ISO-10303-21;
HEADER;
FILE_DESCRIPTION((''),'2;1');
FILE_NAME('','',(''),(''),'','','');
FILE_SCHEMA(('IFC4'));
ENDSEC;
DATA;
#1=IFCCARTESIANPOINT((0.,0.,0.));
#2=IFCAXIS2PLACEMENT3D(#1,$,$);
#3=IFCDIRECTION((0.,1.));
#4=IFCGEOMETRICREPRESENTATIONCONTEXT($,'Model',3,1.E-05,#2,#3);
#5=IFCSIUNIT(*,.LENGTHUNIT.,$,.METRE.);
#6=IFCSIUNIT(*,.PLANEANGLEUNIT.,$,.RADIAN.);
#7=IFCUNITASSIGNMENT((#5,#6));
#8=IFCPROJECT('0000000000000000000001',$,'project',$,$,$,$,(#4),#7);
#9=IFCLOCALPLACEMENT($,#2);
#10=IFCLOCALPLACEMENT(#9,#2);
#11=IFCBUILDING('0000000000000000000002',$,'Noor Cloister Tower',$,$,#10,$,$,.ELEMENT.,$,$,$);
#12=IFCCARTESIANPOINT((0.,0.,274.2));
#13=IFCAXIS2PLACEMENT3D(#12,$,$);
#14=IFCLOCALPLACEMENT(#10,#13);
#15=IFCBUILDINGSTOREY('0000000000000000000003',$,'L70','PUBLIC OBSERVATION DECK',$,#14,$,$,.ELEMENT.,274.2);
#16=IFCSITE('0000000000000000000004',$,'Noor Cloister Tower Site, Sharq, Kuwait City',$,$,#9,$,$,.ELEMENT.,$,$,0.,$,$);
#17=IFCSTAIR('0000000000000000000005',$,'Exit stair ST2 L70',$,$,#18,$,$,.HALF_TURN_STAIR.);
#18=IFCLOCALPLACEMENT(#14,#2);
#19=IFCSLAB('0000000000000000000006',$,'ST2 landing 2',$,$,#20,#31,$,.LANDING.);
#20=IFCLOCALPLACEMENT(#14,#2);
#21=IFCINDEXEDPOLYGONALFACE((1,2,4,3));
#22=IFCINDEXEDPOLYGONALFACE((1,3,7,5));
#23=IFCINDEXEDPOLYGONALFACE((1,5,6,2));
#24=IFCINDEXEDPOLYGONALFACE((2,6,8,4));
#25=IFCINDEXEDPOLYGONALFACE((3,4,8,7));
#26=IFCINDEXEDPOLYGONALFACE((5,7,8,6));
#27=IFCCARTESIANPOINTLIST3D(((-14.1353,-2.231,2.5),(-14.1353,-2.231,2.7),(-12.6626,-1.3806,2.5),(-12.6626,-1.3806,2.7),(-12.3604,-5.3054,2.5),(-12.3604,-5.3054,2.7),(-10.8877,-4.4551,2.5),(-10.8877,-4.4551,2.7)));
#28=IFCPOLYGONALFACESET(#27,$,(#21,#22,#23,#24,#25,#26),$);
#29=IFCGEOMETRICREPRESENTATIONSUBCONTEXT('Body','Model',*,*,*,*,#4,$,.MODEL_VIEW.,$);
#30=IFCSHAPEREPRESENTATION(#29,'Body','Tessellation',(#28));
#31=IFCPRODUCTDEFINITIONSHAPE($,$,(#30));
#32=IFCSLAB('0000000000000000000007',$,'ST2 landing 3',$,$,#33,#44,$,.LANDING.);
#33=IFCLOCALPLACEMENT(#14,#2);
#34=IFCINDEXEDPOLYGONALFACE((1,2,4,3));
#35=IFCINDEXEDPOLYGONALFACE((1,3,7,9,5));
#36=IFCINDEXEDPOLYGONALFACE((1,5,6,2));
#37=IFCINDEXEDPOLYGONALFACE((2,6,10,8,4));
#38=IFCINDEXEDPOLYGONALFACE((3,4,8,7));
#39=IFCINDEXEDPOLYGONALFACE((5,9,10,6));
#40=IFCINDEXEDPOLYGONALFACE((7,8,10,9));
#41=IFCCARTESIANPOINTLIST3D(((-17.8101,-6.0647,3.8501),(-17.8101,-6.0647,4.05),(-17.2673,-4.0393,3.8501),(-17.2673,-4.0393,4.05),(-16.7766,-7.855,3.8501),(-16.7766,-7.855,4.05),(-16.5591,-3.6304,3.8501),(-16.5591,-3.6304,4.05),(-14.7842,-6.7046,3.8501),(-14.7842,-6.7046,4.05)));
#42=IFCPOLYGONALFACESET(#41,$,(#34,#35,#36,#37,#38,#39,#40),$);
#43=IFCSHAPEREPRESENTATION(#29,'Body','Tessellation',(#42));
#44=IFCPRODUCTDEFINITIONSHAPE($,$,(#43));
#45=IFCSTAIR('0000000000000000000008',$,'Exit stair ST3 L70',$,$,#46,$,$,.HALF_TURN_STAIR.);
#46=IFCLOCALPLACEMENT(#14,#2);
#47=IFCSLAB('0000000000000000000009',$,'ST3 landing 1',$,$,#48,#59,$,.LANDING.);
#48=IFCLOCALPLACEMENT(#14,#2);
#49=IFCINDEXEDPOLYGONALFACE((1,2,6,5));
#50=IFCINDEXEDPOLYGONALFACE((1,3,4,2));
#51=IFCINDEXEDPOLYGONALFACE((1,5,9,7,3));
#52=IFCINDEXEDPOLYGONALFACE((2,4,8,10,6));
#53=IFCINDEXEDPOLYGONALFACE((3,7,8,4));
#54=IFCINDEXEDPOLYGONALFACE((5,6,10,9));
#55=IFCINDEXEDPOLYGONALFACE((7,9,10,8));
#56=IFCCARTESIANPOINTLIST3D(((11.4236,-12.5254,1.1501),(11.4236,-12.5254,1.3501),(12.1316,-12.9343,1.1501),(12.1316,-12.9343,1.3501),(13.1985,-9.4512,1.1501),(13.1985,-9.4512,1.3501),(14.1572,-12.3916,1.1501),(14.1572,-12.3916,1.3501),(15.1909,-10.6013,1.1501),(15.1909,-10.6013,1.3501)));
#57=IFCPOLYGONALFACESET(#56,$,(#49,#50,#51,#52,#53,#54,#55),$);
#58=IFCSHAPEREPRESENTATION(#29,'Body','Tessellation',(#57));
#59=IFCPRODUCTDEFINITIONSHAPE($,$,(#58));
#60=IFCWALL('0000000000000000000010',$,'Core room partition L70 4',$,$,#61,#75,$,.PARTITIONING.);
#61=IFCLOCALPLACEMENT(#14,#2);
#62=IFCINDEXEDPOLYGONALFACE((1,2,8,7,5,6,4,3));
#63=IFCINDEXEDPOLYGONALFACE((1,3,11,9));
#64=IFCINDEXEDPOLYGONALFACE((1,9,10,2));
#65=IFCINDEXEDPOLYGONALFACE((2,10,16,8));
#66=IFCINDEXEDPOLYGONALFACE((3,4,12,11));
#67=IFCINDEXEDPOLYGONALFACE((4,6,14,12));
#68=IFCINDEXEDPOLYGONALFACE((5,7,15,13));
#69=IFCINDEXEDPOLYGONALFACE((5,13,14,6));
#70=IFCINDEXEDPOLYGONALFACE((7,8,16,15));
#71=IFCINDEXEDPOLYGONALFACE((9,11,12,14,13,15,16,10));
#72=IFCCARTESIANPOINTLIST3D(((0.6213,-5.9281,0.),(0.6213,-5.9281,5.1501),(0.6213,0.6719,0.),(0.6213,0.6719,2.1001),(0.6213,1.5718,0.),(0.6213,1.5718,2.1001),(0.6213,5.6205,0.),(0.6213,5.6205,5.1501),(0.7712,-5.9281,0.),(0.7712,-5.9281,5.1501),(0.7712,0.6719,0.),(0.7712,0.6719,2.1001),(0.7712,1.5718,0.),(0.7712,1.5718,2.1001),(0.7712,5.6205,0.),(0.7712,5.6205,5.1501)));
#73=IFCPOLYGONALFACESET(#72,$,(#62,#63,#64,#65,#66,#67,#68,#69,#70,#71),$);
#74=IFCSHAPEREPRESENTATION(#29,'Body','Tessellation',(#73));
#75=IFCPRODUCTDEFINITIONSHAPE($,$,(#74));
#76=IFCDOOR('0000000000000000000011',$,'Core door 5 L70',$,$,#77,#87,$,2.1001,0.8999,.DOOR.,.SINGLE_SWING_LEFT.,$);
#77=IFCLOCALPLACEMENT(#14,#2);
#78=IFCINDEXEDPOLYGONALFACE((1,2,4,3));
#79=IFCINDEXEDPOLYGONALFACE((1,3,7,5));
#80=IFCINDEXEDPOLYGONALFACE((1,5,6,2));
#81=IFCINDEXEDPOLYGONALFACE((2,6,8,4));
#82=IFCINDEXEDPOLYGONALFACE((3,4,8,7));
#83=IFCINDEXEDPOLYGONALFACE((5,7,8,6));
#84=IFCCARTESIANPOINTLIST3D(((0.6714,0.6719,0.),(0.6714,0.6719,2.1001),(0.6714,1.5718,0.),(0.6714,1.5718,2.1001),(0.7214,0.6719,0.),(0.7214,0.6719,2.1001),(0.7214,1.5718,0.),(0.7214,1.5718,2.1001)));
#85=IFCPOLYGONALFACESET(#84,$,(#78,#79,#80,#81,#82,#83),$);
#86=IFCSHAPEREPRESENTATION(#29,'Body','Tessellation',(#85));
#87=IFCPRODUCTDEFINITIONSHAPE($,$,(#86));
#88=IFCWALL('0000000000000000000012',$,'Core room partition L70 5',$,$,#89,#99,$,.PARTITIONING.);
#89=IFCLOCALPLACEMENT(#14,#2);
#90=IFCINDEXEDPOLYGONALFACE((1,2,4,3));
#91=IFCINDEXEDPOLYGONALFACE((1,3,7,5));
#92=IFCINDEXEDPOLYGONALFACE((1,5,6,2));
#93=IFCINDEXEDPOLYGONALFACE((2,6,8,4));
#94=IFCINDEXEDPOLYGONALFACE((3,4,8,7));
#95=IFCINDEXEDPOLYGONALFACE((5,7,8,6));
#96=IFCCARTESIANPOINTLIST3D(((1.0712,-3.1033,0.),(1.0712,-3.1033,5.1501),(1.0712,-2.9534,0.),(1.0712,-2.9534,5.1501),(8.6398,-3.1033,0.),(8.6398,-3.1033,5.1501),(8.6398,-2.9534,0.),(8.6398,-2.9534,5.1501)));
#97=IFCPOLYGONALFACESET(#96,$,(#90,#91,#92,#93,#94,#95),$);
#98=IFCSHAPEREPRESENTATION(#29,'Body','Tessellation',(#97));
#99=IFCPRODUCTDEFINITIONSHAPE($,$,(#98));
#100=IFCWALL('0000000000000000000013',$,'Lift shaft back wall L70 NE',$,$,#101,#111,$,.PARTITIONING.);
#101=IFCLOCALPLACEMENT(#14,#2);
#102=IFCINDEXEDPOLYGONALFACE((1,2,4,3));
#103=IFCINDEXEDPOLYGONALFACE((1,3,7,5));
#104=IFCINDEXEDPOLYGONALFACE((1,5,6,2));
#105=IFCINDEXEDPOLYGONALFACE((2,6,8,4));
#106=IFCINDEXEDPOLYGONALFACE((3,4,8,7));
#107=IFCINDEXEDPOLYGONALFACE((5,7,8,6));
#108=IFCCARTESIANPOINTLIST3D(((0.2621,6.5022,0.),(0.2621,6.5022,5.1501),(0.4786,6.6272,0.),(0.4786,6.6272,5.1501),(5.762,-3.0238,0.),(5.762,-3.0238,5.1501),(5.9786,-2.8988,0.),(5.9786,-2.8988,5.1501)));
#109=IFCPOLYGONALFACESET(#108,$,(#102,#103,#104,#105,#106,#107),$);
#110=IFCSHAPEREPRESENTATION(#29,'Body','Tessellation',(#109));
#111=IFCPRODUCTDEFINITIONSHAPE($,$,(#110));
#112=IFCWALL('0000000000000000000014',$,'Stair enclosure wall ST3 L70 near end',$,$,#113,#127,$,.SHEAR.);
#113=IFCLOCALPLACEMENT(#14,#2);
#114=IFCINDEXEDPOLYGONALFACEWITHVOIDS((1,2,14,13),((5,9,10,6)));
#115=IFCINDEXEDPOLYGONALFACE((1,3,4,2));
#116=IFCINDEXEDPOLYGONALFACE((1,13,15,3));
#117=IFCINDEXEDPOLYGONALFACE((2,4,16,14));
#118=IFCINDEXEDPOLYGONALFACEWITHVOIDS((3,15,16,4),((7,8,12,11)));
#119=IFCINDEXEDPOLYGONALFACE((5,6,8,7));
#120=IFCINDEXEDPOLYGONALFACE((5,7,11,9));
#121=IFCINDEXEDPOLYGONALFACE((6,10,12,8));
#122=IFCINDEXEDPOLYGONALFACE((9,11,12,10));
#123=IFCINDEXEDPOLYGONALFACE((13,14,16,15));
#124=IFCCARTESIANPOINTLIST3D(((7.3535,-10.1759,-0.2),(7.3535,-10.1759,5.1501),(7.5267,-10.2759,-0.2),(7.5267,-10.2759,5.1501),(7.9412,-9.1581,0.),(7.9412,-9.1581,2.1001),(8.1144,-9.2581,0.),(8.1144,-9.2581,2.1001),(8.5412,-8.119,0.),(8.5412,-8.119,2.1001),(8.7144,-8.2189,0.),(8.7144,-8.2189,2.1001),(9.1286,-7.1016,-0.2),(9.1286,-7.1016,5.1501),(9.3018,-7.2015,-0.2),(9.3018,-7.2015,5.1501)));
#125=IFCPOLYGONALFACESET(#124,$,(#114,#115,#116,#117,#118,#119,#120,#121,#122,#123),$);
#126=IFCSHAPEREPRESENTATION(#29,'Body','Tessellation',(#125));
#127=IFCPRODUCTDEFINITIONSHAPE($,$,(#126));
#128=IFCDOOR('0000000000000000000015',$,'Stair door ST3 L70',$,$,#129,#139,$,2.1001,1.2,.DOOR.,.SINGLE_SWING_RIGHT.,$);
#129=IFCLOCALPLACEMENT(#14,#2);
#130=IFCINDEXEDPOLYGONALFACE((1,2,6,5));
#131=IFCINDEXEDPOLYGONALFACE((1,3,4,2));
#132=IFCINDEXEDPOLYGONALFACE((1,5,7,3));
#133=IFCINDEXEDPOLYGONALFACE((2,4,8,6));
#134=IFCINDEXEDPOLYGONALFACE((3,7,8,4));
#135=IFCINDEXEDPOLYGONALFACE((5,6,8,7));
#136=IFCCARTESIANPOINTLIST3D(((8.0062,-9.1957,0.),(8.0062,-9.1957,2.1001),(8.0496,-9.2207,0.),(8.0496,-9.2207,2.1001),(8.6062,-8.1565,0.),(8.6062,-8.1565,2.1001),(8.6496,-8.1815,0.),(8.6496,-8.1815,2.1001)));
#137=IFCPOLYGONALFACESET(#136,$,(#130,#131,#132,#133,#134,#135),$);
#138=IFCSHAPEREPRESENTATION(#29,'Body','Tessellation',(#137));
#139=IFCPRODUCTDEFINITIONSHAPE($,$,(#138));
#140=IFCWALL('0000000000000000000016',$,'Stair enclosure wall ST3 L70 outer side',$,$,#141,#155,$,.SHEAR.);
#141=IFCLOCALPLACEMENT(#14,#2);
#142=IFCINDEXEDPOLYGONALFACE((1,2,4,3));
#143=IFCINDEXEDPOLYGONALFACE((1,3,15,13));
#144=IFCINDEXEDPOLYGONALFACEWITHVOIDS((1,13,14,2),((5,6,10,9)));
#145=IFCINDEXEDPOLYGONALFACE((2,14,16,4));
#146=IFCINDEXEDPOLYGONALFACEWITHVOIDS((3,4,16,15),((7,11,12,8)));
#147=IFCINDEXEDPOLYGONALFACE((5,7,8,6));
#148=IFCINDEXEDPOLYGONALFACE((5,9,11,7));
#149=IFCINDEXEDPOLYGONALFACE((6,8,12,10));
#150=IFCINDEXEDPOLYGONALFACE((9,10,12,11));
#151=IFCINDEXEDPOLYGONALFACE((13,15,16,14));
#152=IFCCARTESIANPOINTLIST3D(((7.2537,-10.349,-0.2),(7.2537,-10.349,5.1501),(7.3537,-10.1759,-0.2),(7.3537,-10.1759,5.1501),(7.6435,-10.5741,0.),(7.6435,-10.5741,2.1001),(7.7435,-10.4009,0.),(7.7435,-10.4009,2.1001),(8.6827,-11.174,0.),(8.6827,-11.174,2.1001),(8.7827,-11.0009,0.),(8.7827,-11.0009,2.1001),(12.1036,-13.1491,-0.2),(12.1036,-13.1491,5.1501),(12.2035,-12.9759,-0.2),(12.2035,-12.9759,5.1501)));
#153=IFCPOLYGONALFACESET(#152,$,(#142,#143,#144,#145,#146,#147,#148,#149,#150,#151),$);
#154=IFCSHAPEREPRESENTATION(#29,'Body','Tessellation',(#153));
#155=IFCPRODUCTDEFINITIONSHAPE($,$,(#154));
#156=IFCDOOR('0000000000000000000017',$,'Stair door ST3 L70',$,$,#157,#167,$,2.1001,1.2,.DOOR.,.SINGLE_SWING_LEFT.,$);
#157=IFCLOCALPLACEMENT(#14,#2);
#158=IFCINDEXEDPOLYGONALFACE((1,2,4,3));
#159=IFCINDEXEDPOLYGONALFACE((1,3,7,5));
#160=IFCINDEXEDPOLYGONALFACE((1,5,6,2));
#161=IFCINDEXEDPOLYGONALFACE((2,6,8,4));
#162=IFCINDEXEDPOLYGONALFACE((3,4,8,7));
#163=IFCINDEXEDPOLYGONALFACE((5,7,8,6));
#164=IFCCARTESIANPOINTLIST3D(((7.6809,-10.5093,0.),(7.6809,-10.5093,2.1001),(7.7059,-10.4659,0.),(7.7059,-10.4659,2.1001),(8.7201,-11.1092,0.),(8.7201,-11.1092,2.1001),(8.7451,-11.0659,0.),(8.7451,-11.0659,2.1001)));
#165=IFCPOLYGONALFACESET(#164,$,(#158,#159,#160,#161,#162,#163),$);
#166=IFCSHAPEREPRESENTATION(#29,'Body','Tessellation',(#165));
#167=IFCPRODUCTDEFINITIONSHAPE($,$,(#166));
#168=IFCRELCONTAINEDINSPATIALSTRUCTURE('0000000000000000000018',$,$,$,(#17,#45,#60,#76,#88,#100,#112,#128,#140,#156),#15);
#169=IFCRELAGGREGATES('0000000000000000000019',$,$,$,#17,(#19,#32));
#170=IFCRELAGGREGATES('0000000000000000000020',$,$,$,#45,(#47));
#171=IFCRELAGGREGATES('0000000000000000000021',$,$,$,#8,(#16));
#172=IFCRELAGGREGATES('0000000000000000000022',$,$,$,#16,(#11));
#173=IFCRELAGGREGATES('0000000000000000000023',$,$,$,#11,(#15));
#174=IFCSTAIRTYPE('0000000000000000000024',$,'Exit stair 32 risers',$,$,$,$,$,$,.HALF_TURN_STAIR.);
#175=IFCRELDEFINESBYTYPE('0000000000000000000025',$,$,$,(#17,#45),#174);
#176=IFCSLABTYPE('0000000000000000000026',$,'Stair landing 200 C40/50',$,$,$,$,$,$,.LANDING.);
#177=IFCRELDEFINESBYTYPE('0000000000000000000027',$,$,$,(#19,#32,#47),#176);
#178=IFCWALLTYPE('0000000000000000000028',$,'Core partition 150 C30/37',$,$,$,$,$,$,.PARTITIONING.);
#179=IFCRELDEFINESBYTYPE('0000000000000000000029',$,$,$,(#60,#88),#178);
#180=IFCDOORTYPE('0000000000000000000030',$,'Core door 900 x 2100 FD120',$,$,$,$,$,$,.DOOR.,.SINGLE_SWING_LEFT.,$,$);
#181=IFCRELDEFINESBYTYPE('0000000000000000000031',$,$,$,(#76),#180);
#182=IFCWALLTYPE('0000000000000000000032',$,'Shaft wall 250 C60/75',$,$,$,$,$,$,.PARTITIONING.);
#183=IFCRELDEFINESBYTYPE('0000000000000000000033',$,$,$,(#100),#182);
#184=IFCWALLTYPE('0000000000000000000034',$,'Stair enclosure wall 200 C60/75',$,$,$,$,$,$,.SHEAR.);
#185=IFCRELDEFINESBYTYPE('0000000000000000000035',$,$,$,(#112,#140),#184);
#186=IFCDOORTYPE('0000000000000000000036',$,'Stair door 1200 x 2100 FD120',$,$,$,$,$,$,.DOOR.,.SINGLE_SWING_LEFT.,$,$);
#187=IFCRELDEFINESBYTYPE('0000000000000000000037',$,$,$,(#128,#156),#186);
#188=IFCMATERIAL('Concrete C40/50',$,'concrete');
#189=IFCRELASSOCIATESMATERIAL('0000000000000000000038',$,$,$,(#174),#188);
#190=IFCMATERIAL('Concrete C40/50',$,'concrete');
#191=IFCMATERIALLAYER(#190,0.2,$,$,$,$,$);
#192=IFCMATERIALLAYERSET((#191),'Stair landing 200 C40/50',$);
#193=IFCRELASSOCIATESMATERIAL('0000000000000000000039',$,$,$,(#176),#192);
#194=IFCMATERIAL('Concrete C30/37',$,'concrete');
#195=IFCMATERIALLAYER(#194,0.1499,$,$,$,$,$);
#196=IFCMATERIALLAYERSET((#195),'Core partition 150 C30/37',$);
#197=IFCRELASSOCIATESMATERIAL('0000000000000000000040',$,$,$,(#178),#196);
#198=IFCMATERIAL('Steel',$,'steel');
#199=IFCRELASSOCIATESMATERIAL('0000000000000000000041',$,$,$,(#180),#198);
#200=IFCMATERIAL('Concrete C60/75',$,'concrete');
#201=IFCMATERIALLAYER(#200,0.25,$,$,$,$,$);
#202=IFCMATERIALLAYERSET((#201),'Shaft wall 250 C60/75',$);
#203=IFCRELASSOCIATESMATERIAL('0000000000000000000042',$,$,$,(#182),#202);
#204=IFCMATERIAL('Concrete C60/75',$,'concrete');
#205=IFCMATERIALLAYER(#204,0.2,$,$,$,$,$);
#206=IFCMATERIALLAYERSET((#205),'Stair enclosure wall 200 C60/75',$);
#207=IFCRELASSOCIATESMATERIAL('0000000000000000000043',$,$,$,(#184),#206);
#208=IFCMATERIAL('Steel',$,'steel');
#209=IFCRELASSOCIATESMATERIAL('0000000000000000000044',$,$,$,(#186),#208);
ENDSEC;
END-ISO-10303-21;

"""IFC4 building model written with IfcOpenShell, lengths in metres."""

from ifc_helpers import new_model, si_unit, direction, frame, frame_2d, origin, place, context, subcontext, project, spatial, polyline, rectangle, outline, extrude, material, layer, layer_set, type_object, element, fill, aggregate, save


model = new_model("IFC4")

# Units and contexts
model_context = context("Model", 3, precision=1e-05, world=origin(), true_north=direction((0.0, 1.0)))
body_context = subcontext(model_context, "Body", "Model", "MODEL_VIEW")
ifc_project = project(units=[si_unit("LENGTHUNIT", "METRE"), si_unit("PLANEANGLEUNIT", "RADIAN")], contexts=[model_context])

# Site, building, storey
site_placement = place(None, origin())
site = spatial("IfcSite", under=ifc_project, at=site_placement, Name="Noor Cloister Tower Site, Sharq, Kuwait City", CompositionType="ELEMENT", RefElevation=0.0)
building_placement = place(site_placement, origin())
building = spatial("IfcBuilding", under=site, at=building_placement, Name="Noor Cloister Tower", CompositionType="ELEMENT")
storey_placement = place(building_placement, frame((0.0, 0.0, 274.2)))
storey = spatial("IfcBuildingStorey", under=building, at=storey_placement, Name="L70", Description="PUBLIC OBSERVATION DECK", CompositionType="ELEMENT", Elevation=274.2)

# Shared definitions
ifc_material_1 = material(Name="Concrete C40/50", Category="concrete")
stair_type = type_object("IfcStairType", Name="Exit stair 32 risers", PredefinedType="HALF_TURN_STAIR", material=ifc_material_1)
ifc_material_2 = material(Name="Concrete C40/50", Category="concrete")
ifc_layer_1 = layer(ifc_material_2, 0.2)
ifc_layer_set_1 = layer_set([ifc_layer_1], Name="Stair landing 200 C40/50")
slab_type = type_object("IfcSlabType", Name="Stair landing 200 C40/50", PredefinedType="LANDING", material=ifc_layer_set_1)

# Stair, slabs
stair_1_placement = place(storey_placement, origin())
stair_1 = element("IfcStair", 1, at=stair_1_placement, inside=storey, type_object=stair_type, Name="Exit stair ST2 L70", PredefinedType="HALF_TURN_STAIR")
slab_1_placement = place(storey_placement, frame((0.0, 0.0, 2.5)))
slab_1 = element("IfcSlab", 2, at=slab_1_placement, type_object=slab_type, Name="ST2 landing 2", PredefinedType="LANDING", context=body_context, shape_type="SweptSolid", body=[
    extrude(outline(polyline([(-12.3604, -5.3054), (-10.8877, -4.4551), (-12.6626, -1.3806), (-14.1353, -2.231), (-12.3604, -5.3054)])), origin(), (0.0, 0.0, 1.0), 0.2),
])
slab_2_placement = place(storey_placement, frame((0.0, 0.0, 3.8501)))
slab_2 = element("IfcSlab", 3, at=slab_2_placement, type_object=slab_type, Name="ST2 landing 3", PredefinedType="LANDING", context=body_context, shape_type="SweptSolid", body=[
    extrude(outline(polyline([(-16.5591, -3.6304), (-17.2673, -4.0393), (-17.8101, -6.0647), (-16.7766, -7.855), (-14.7842, -6.7046), (-16.5591, -3.6304)])), origin(), (0.0, 0.0, 1.0), 0.2),
])
aggregate(stair_1, [slab_1, slab_2])

# Stair, slab
stair_2_placement = place(storey_placement, origin())
stair_2 = element("IfcStair", 4, at=stair_2_placement, inside=storey, type_object=stair_type, Name="Exit stair ST3 L70", PredefinedType="HALF_TURN_STAIR")
slab_3_placement = place(storey_placement, frame((0.0, 0.0, 1.1501)))
slab_3 = element("IfcSlab", 5, at=slab_3_placement, type_object=slab_type, Name="ST3 landing 1", PredefinedType="LANDING", context=body_context, shape_type="SweptSolid", body=[
    extrude(outline(polyline([(11.4236, -12.5254), (12.1316, -12.9343), (14.1572, -12.3916), (15.1909, -10.6013), (13.1985, -9.4512), (11.4236, -12.5254)])), origin(), (0.0, 0.0, 1.0), 0.2),
])
aggregate(stair_2, [slab_3])

# Wall, opening, door
ifc_material_3 = material(Name="Concrete C30/37", Category="concrete")
ifc_layer_2 = layer(ifc_material_3, 0.1499)
ifc_layer_set_2 = layer_set([ifc_layer_2], Name="Core partition 150 C30/37")
wall_type_1 = type_object("IfcWallType", Name="Core partition 150 C30/37", PredefinedType="PARTITIONING", material=ifc_layer_set_2)
wall_1_placement = place(storey_placement, frame((0.6963, -5.9282, 0.0), z_axis=(0.0, 0.0, 1.0), x_axis=(0.0, 1.0, 0.0)))
wall_1 = element("IfcWall", 6, at=wall_1_placement, inside=storey, type_object=wall_type_1, Name="Core room partition L70 4", PredefinedType="PARTITIONING", context=body_context, shape_type="SweptSolid", body=[
    extrude(rectangle(XDim=11.5486, YDim=0.1499, at=frame_2d((5.7744, 0.0))), origin(), (0.0, 0.0, 1.0), 5.1501),
])
opening_1_placement = place(wall_1_placement, frame((6.6001, 0.0, 0.0)))
opening_1 = element("IfcOpeningElement", 7, at=opening_1_placement, cuts=wall_1, PredefinedType="OPENING", context=body_context, shape_type="SweptSolid", body=[
    extrude(rectangle(XDim=0.8999, YDim=2.1001, at=frame_2d((0.45, 1.05))), frame((0.0, 0.085, 0.0), z_axis=(0.0, -1.0, 0.0), x_axis=(1.0, 0.0, 0.0)), (0.0, 0.0, 1.0), 0.1699),
])
ifc_material_4 = material(Name="Steel", Category="steel")
door_type_1 = type_object("IfcDoorType", Name="Core door 900 x 2100 FD120", OperationType="SINGLE_SWING_LEFT", PredefinedType="DOOR", material=ifc_material_4)
door_1_placement = place(opening_1_placement, origin())
door_1 = element("IfcDoor", 8, at=door_1_placement, inside=storey, type_object=door_type_1, Name="Core door 5 L70", OperationType="SINGLE_SWING_LEFT", OverallHeight=2.1001, OverallWidth=0.8999, PredefinedType="DOOR", context=body_context, shape_type="SweptSolid", body=[
    extrude(rectangle(XDim=0.8999, YDim=2.1001, at=frame_2d((0.45, 1.05))), frame((0.0, 0.0249, 0.0), z_axis=(0.0, -1.0, 0.0), x_axis=(1.0, 0.0, 0.0)), (0.0, 0.0, 1.0), 0.05),
])
fill(opening_1, door_1)

# Walls
wall_2_placement = place(storey_placement, frame((1.0713, -3.0283, 0.0), z_axis=(0.0, 0.0, 1.0), x_axis=(1.0, 0.0, 0.0)))
element("IfcWall", 9, at=wall_2_placement, inside=storey, type_object=wall_type_1, Name="Core room partition L70 5", PredefinedType="PARTITIONING", context=body_context, shape_type="SweptSolid", body=[
    extrude(rectangle(XDim=7.5686, YDim=0.1499, at=frame_2d((3.7842, 0.0))), origin(), (0.0, 0.0, 1.0), 5.1501),
])
ifc_material_5 = material(Name="Concrete C60/75", Category="concrete")
ifc_layer_3 = layer(ifc_material_5, 0.25)
ifc_layer_set_3 = layer_set([ifc_layer_3], Name="Shaft wall 250 C60/75")
wall_type_2 = type_object("IfcWallType", Name="Shaft wall 250 C60/75", PredefinedType="PARTITIONING", material=ifc_layer_set_3)
wall_3_placement = place(storey_placement, frame((5.8704, -2.9614, 0.0), z_axis=(0.0, 0.0, 1.0), x_axis=(-0.500006, 0.866022, 0.0)))
element("IfcWall", 10, at=wall_3_placement, inside=storey, type_object=wall_type_2, Name="Lift shaft back wall L70 NE", PredefinedType="PARTITIONING", context=body_context, shape_type="SweptSolid", body=[
    extrude(rectangle(XDim=10.9998, YDim=0.25, at=frame_2d((5.5, 0.0))), origin(), (0.0, 0.0, 1.0), 5.1501),
])

# Walls, openings, doors
ifc_material_6 = material(Name="Concrete C60/75", Category="concrete")
ifc_layer_4 = layer(ifc_material_6, 0.2)
ifc_layer_set_4 = layer_set([ifc_layer_4], Name="Stair enclosure wall 200 C60/75")
wall_type_3 = type_object("IfcWallType", Name="Stair enclosure wall 200 C60/75", PredefinedType="SHEAR", material=ifc_layer_set_4)
wall_4_placement = place(storey_placement, frame((7.4402, -10.2258, -0.2), z_axis=(0.0, 0.0, 1.0), x_axis=(0.500022, 0.866013, 0.0)))
wall_4 = element("IfcWall", 11, at=wall_4_placement, inside=storey, type_object=wall_type_3, Name="Stair enclosure wall ST3 L70 near end", PredefinedType="SHEAR", context=body_context, shape_type="SweptSolid", body=[
    extrude(rectangle(XDim=3.55, YDim=0.2, at=frame_2d((1.7749, 0.0))), origin(), (0.0, 0.0, 1.0), 5.3501),
])
opening_2_placement = place(wall_4_placement, frame((1.175, 0.0, 0.2)))
opening_2 = element("IfcOpeningElement", 12, at=opening_2_placement, cuts=wall_4, PredefinedType="OPENING", context=body_context, shape_type="SweptSolid", body=[
    extrude(rectangle(XDim=1.2, YDim=2.1001, at=frame_2d((0.6001, 1.05))), frame((0.0, 0.1099, 0.0), z_axis=(0.0, -1.0, 0.0), x_axis=(1.0, 0.0, 0.0)), (0.0, 0.0, 1.0), 0.22),
])
ifc_material_7 = material(Name="Steel", Category="steel")
door_type_2 = type_object("IfcDoorType", Name="Stair door 1200 x 2100 FD120", OperationType="SINGLE_SWING_LEFT", PredefinedType="DOOR", material=ifc_material_7)
door_2_placement = place(opening_2_placement, origin())
door_2 = element("IfcDoor", 13, at=door_2_placement, inside=storey, type_object=door_type_2, Name="Stair door ST3 L70", OperationType="SINGLE_SWING_RIGHT", OverallHeight=2.1001, OverallWidth=1.2, PredefinedType="DOOR", context=body_context, shape_type="SweptSolid", body=[
    extrude(rectangle(XDim=1.2, YDim=2.1001, at=frame_2d((0.6001, 1.05))), frame((0.0, 0.0249, 0.0), z_axis=(0.0, -1.0, 0.0), x_axis=(1.0, 0.0, 0.0)), (0.0, 0.0, 1.0), 0.05),
])
fill(opening_2, door_2)
wall_5_placement = place(storey_placement, frame((7.3037, -10.2625, -0.2), z_axis=(0.0, 0.0, 1.0), x_axis=(0.866027, -0.499998, 0.0)))
wall_5 = element("IfcWall", 14, at=wall_5_placement, inside=storey, type_object=wall_type_3, Name="Stair enclosure wall ST3 L70 outer side", PredefinedType="SHEAR", context=body_context, shape_type="SweptSolid", body=[
    extrude(rectangle(XDim=5.6001, YDim=0.2, at=frame_2d((2.8, 0.0))), origin(), (0.0, 0.0, 1.0), 5.3501),
])
opening_3_placement = place(wall_5_placement, frame((0.45, 0.0, 0.2)))
opening_3 = element("IfcOpeningElement", 15, at=opening_3_placement, cuts=wall_5, PredefinedType="OPENING", context=body_context, shape_type="SweptSolid", body=[
    extrude(rectangle(XDim=1.2, YDim=2.1001, at=frame_2d((0.6001, 1.05))), frame((0.0, 0.1099, 0.0), z_axis=(0.0, -1.0, 0.0), x_axis=(1.0, 0.0, 0.0)), (0.0, 0.0, 1.0), 0.22),
])
door_3_placement = place(opening_3_placement, origin())
door_3 = element("IfcDoor", 16, at=door_3_placement, inside=storey, type_object=door_type_2, Name="Stair door ST3 L70", OperationType="SINGLE_SWING_LEFT", OverallHeight=2.1001, OverallWidth=1.2, PredefinedType="DOOR", context=body_context, shape_type="SweptSolid", body=[
    extrude(rectangle(XDim=1.2, YDim=2.1001, at=frame_2d((0.6001, 1.05))), frame((0.0, 0.0249, 0.0), z_axis=(0.0, -1.0, 0.0), x_axis=(1.0, 0.0, 0.0)), (0.0, 0.0, 1.0), 0.05),
])
fill(opening_3, door_3)

save(model, "model.ifc")
